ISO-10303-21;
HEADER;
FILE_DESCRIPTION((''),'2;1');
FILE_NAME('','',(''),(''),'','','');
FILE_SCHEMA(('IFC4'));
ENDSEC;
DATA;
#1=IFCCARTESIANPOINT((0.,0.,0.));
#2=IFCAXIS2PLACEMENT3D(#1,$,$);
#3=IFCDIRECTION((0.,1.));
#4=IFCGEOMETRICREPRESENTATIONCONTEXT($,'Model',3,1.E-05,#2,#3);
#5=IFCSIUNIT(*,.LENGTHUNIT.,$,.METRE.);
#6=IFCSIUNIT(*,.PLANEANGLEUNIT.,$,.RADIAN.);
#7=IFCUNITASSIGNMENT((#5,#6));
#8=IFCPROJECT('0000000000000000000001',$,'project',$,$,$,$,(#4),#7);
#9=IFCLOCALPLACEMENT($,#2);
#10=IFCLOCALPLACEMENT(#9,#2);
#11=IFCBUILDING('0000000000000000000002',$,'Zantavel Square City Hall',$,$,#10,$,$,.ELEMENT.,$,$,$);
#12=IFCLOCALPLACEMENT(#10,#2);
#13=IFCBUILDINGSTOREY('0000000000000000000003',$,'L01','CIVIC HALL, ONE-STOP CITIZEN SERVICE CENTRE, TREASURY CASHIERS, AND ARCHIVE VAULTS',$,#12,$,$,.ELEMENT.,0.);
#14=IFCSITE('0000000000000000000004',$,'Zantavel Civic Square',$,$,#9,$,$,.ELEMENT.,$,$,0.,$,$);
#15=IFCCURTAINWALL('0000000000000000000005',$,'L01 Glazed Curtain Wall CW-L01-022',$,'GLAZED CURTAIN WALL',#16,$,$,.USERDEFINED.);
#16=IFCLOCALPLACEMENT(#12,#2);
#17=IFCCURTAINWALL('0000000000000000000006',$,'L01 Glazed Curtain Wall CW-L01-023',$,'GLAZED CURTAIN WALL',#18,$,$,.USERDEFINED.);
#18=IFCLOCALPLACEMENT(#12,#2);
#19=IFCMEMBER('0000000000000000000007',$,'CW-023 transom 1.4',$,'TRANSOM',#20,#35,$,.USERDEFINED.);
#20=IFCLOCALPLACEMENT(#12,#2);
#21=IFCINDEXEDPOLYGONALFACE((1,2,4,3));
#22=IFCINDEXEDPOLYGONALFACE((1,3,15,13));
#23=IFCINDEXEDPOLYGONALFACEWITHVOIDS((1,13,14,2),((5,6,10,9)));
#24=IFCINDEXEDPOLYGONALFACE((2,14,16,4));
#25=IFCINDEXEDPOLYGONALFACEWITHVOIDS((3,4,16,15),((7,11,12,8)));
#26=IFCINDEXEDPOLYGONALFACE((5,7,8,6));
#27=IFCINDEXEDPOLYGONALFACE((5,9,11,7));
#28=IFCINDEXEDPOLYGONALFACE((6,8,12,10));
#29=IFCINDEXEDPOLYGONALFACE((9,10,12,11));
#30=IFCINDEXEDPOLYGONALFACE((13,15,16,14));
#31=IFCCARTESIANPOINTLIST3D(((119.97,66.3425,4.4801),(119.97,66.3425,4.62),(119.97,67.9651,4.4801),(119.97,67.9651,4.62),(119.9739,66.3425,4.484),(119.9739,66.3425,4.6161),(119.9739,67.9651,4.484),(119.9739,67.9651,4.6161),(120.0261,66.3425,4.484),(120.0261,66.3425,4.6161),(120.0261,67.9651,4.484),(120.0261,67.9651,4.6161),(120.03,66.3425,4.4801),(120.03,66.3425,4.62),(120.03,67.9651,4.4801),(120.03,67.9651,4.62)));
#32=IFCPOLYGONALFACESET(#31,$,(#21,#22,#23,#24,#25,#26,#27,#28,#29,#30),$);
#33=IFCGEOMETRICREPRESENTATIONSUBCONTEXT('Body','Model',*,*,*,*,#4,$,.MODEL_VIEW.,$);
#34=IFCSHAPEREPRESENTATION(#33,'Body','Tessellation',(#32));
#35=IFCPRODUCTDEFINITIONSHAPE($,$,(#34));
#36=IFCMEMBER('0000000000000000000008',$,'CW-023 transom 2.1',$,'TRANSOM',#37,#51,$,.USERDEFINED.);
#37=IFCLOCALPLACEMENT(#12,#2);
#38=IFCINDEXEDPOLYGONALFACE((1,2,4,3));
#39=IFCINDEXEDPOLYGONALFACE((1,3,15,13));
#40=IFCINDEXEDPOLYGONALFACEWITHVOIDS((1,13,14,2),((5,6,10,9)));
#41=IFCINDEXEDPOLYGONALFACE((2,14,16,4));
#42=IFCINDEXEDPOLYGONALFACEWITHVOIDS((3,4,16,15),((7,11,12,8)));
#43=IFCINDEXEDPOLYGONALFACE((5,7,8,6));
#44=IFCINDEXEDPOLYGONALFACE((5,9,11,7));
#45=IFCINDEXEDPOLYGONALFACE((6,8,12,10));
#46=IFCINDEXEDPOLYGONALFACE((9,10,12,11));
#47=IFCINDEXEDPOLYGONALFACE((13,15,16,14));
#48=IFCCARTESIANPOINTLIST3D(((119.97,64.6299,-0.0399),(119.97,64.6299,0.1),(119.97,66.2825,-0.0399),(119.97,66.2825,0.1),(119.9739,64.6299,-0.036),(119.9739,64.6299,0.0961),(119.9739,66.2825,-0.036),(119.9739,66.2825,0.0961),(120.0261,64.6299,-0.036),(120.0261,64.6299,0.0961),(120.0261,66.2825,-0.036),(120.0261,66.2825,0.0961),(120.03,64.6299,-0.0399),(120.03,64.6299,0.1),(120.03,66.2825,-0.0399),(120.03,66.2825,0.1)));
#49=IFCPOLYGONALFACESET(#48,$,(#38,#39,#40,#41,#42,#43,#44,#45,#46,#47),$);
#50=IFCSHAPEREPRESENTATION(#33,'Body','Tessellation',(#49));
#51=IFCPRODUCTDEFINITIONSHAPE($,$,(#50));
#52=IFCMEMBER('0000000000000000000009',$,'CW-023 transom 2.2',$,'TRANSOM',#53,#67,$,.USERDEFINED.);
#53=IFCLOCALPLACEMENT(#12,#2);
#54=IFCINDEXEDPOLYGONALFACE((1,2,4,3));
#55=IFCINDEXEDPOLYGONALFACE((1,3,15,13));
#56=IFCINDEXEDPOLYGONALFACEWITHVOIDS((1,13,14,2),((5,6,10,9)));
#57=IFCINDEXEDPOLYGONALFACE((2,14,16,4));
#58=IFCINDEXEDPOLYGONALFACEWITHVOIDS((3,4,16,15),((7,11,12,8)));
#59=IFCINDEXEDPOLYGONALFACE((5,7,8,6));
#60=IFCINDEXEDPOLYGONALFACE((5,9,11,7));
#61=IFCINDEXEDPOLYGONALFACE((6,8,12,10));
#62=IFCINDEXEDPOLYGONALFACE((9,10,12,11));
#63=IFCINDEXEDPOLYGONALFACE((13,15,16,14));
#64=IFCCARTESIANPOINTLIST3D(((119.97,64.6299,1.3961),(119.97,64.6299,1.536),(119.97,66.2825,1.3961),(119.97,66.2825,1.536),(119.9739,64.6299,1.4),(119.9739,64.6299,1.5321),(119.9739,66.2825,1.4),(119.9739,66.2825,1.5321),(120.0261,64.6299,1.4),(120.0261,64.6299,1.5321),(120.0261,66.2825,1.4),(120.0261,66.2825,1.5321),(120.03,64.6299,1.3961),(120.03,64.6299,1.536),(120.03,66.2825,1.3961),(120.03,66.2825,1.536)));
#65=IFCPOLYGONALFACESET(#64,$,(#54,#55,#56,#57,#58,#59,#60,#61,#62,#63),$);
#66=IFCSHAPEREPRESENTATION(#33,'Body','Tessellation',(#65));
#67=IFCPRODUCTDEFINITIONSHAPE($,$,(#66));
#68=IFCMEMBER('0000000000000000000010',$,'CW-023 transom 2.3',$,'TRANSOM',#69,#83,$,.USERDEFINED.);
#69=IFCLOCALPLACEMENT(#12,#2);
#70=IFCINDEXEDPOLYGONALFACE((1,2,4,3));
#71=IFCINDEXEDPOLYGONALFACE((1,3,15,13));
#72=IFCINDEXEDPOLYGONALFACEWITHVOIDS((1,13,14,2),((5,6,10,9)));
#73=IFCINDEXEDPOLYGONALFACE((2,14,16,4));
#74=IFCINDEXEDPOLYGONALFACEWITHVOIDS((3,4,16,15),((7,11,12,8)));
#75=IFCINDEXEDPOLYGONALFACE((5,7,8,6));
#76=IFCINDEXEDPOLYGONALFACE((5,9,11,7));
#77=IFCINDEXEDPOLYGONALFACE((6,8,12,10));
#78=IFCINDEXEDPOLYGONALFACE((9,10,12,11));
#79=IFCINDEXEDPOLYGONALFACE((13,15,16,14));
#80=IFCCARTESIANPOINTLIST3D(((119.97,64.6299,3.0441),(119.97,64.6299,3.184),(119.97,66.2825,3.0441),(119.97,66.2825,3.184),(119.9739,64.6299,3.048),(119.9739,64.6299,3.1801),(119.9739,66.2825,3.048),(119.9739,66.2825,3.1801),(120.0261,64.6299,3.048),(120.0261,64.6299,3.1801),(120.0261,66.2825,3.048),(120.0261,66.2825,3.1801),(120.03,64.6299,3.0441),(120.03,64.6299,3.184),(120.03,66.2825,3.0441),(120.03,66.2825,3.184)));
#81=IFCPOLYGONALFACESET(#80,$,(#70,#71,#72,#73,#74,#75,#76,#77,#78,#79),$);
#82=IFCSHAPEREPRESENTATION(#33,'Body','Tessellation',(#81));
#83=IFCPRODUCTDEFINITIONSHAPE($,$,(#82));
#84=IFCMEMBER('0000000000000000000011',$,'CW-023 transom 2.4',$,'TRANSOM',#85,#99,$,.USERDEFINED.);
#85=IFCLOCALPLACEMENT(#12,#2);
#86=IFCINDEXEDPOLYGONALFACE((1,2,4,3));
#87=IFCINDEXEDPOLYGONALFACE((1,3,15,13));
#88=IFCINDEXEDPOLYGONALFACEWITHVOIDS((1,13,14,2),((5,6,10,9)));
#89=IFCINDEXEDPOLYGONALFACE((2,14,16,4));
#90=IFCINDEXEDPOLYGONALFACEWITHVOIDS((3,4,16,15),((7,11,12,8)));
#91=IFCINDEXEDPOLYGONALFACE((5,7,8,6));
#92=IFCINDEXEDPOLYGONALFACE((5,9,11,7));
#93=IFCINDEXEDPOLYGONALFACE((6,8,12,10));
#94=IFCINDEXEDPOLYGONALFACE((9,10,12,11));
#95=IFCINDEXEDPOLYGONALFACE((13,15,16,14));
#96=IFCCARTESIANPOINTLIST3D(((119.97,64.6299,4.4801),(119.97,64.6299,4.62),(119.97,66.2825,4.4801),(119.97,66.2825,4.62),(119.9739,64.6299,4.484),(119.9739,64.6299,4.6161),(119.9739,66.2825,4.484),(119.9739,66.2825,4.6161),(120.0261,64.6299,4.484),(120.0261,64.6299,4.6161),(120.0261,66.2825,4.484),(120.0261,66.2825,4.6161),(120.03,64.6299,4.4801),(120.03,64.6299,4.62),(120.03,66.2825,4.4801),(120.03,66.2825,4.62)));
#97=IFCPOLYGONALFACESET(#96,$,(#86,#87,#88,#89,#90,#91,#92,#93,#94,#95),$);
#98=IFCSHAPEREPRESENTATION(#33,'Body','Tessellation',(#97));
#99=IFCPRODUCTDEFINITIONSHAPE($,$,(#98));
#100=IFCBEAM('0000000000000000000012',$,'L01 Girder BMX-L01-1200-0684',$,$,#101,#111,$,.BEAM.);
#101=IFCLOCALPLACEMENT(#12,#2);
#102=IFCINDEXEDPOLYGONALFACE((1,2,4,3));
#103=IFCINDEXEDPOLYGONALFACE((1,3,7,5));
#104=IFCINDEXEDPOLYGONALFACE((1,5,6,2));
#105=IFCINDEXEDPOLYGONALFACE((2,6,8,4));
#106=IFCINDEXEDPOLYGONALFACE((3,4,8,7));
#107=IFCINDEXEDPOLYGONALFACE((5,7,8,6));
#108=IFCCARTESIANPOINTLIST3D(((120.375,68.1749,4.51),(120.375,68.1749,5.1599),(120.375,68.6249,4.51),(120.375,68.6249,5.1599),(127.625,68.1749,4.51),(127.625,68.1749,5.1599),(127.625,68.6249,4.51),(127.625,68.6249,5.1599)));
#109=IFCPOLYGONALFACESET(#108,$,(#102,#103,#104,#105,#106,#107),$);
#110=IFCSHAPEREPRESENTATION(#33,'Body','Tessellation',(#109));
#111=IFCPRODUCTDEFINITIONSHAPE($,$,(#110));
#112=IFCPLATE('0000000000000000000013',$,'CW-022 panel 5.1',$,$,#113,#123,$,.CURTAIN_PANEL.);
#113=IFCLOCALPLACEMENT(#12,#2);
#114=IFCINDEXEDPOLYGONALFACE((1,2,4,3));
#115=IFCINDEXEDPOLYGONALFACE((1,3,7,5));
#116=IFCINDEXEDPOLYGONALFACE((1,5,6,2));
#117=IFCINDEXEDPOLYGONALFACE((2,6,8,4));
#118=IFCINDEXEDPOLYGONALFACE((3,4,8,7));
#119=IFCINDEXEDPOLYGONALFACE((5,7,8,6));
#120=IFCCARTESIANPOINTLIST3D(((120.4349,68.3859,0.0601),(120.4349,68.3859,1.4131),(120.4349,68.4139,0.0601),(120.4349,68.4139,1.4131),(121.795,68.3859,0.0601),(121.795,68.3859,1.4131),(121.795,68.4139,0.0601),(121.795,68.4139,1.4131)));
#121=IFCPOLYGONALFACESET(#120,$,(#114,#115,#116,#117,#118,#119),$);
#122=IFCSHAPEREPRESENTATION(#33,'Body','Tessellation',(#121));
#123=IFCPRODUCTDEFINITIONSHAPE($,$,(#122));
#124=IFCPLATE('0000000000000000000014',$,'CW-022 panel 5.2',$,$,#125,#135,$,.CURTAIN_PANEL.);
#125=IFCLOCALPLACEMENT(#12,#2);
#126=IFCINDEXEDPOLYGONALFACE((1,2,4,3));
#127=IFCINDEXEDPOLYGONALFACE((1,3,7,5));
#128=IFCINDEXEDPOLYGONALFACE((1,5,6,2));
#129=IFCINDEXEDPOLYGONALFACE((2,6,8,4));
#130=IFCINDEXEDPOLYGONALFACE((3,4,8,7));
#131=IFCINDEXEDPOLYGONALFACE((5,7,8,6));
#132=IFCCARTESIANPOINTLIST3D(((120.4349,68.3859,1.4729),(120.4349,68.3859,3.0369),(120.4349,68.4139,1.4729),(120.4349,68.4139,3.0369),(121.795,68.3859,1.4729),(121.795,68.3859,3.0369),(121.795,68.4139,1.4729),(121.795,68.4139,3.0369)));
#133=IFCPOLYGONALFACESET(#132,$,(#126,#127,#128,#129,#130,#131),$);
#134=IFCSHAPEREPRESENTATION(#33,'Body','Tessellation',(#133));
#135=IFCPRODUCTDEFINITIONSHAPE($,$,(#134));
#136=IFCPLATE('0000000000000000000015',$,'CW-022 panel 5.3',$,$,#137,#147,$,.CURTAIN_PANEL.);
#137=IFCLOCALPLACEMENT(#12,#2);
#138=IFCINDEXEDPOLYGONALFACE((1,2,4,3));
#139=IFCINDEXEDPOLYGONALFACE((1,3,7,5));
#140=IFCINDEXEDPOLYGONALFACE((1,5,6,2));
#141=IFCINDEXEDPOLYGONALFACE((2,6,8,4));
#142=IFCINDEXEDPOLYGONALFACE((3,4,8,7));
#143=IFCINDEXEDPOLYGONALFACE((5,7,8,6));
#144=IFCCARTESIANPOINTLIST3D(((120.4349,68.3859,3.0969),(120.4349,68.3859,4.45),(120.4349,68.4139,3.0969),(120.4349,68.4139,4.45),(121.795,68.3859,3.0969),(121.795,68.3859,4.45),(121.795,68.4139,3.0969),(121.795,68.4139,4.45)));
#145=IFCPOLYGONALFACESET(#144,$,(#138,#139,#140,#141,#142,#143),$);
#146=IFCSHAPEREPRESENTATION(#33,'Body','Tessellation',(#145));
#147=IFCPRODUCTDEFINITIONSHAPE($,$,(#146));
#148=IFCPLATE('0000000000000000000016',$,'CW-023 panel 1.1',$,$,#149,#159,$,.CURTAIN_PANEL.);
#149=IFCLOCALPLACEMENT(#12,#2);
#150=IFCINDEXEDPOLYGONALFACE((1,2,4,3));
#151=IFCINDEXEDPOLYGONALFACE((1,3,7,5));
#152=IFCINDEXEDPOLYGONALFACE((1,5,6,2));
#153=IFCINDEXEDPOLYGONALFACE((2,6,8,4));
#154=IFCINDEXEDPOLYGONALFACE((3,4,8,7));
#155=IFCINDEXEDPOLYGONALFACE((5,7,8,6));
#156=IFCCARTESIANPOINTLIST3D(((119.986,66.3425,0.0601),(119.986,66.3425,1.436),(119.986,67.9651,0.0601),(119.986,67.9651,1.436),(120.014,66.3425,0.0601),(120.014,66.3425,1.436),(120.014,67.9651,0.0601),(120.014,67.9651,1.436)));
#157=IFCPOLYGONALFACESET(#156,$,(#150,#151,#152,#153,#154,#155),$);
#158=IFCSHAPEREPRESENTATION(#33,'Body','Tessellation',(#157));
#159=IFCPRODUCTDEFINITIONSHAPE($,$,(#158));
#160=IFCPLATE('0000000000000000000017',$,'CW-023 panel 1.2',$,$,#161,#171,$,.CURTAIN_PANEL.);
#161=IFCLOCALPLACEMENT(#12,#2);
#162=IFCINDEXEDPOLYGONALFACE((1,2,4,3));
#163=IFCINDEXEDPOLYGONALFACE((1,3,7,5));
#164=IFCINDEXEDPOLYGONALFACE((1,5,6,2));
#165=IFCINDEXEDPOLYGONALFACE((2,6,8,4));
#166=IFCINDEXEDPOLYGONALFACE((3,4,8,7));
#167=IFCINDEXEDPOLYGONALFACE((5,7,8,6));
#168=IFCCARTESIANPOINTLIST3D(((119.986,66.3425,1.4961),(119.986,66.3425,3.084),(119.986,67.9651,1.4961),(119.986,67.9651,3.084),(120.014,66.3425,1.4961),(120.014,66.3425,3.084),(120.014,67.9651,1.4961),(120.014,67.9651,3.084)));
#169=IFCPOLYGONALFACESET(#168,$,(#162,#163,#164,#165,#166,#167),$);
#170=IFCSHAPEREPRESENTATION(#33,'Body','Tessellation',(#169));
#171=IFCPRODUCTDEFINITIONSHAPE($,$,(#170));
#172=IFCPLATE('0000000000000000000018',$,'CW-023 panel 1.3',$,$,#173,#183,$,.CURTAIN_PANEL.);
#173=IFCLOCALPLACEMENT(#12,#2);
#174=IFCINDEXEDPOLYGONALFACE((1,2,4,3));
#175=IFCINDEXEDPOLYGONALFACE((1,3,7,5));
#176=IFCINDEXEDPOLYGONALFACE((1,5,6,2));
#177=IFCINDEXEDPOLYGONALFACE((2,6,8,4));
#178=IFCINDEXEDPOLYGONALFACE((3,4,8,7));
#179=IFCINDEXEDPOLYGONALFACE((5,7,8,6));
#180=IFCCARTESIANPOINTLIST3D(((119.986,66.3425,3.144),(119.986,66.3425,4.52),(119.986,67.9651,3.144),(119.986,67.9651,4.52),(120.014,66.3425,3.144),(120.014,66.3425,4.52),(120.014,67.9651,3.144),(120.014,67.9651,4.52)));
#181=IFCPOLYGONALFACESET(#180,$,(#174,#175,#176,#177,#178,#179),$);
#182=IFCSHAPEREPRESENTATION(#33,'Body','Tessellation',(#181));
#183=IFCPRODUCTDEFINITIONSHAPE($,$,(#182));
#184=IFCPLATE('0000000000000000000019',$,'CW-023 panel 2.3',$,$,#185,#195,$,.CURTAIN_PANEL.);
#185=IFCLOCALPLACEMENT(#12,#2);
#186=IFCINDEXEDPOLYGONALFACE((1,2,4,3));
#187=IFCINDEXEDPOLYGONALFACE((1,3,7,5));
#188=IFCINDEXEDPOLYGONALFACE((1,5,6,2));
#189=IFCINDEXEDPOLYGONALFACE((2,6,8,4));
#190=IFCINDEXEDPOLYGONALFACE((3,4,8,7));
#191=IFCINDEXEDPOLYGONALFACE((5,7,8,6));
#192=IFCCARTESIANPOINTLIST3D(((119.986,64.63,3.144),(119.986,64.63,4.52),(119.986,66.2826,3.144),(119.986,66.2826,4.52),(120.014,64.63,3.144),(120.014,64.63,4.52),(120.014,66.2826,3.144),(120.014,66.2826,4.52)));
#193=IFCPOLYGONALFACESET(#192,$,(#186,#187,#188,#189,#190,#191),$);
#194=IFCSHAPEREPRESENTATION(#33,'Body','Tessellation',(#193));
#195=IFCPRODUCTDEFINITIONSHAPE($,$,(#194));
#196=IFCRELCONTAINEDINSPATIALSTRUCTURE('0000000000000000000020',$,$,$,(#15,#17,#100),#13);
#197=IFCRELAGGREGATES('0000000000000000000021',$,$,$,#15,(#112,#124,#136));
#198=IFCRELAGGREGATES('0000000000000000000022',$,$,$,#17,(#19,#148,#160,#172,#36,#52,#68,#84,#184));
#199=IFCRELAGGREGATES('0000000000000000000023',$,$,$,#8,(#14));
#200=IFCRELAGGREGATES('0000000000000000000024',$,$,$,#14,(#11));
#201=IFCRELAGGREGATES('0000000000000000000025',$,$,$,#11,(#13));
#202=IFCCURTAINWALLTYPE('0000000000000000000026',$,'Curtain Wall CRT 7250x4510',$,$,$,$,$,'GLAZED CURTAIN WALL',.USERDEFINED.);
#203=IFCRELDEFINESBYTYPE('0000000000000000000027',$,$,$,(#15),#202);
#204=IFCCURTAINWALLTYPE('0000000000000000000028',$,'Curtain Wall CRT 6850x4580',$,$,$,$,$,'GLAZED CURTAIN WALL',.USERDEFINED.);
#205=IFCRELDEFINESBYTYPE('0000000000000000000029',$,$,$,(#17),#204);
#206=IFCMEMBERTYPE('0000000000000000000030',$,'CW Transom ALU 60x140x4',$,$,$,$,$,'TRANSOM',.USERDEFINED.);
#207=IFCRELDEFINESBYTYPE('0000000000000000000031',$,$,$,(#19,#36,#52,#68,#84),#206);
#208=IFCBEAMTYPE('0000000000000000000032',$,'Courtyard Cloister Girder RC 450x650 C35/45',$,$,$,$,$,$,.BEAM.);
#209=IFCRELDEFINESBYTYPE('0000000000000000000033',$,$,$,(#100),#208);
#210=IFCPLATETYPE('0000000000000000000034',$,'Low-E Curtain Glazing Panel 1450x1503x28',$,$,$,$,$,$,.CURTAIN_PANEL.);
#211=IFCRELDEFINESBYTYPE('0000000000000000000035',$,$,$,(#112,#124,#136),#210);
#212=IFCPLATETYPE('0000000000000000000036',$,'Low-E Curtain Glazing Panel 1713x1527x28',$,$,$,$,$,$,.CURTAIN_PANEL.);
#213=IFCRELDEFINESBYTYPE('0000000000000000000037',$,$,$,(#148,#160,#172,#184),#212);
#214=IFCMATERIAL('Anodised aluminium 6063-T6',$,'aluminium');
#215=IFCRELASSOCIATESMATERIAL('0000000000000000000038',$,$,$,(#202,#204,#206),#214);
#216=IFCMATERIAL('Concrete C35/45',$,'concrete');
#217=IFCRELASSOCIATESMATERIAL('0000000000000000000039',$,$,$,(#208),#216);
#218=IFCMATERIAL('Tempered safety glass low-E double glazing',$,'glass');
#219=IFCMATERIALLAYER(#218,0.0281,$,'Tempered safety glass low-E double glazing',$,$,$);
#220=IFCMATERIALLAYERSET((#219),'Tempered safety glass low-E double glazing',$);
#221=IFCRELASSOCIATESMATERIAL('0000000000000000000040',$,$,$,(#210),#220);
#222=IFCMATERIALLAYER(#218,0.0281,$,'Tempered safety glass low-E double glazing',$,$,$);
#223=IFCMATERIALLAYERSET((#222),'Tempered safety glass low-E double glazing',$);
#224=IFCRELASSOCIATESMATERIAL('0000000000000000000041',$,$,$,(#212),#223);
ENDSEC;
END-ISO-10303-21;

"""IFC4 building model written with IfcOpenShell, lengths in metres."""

from ifc_helpers import new_model, si_unit, direction, frame, origin, origin_2d, place, context, subcontext, project, spatial, rectangle, hollow_rectangle, extrude, material, layer, layer_set, material_profile, profile_set, type_object, element, aggregate, save


model = new_model("IFC4")

# Units and contexts
model_context = context("Model", 3, precision=1e-05, world=origin(), true_north=direction((0.0, 1.0)))
body_context = subcontext(model_context, "Body", "Model", "MODEL_VIEW")
ifc_project = project(units=[si_unit("LENGTHUNIT", "METRE"), si_unit("PLANEANGLEUNIT", "RADIAN")], contexts=[model_context])

# Site, building, storey
site_placement = place(None, origin())
site = spatial("IfcSite", under=ifc_project, at=site_placement, Name="Zantavel Civic Square", CompositionType="ELEMENT", RefElevation=0.0)
building_placement = place(site_placement, origin())
building = spatial("IfcBuilding", under=site, at=building_placement, Name="Zantavel Square City Hall", CompositionType="ELEMENT")
storey_placement = place(building_placement, origin())
storey = spatial("IfcBuildingStorey", under=building, at=storey_placement, Name="L01", Description="CIVIC HALL, ONE-STOP CITIZEN SERVICE CENTRE, TREASURY CASHIERS, AND ARCHIVE VAULTS", CompositionType="ELEMENT", Elevation=0.0)

# Curtain wall
ifc_material_1 = material(Name="Anodised aluminium 6063-T6", Category="aluminium")
curtain_wall_type_1 = type_object("IfcCurtainWallType", Name="Curtain Wall CRT 7250x4510", ElementType="GLAZED CURTAIN WALL", PredefinedType="USERDEFINED", material=ifc_material_1)
curtain_wall_1_placement = place(storey_placement, origin())
curtain_wall_1 = element("IfcCurtainWall", 1, at=curtain_wall_1_placement, inside=storey, type_object=curtain_wall_type_1, Name="L01 Glazed Curtain Wall CW-L01-022", ObjectType="GLAZED CURTAIN WALL", PredefinedType="USERDEFINED")

# Curtain wall
curtain_wall_type_2 = type_object("IfcCurtainWallType", Name="Curtain Wall CRT 6850x4580", ElementType="GLAZED CURTAIN WALL", PredefinedType="USERDEFINED", material=ifc_material_1)
curtain_wall_2_placement = place(storey_placement, origin())
curtain_wall_2 = element("IfcCurtainWall", 2, at=curtain_wall_2_placement, inside=storey, type_object=curtain_wall_type_2, Name="L01 Glazed Curtain Wall CW-L01-023", ObjectType="GLAZED CURTAIN WALL", PredefinedType="USERDEFINED")

# Members
ifc_material_profile_1 = material_profile(ifc_material_1, hollow_rectangle(XDim=0.0601, YDim=0.1399, WallThickness=0.0039, at=origin_2d()), Name="ALU 60x140x4")
ifc_profile_set_1 = profile_set([ifc_material_profile_1], Name="Anodised aluminium 6063-T6")
member_type_1 = type_object("IfcMemberType", Name="CW Transom ALU 60x140x4", ElementType="TRANSOM", PredefinedType="USERDEFINED", material=ifc_profile_set_1)
member_1_placement = place(storey_placement, frame((120.0, 67.9651, 4.55), z_axis=(0.0, -1.0, 0.0), x_axis=(1.0, 0.0, 0.0)))
member_1 = element("IfcMember", 3, at=member_1_placement, type_object=member_type_1, Name="CW-023 transom 1.4", ObjectType="TRANSOM", PredefinedType="USERDEFINED", context=body_context, shape_type="SweptSolid", body=[
    extrude(hollow_rectangle(XDim=0.0601, YDim=0.1399, WallThickness=0.0039, at=origin_2d()), origin(), (0.0, 0.0, 1.0), 1.6226),
])
member_2_placement = place(storey_placement, frame((120.0, 66.2825, 0.03), z_axis=(0.0, -1.0, 0.0), x_axis=(1.0, 0.0, 0.0)))
member_2 = element("IfcMember", 4, at=member_2_placement, type_object=member_type_1, Name="CW-023 transom 2.1", ObjectType="TRANSOM", PredefinedType="USERDEFINED", context=body_context, shape_type="SweptSolid", body=[
    extrude(hollow_rectangle(XDim=0.0601, YDim=0.1399, WallThickness=0.0039, at=origin_2d()), origin(), (0.0, 0.0, 1.0), 1.6526),
])
member_3_placement = place(storey_placement, frame((120.0, 66.2825, 1.4661), z_axis=(0.0, -1.0, 0.0), x_axis=(1.0, 0.0, 0.0)))
member_3 = element("IfcMember", 5, at=member_3_placement, type_object=member_type_1, Name="CW-023 transom 2.2", ObjectType="TRANSOM", PredefinedType="USERDEFINED", context=body_context, shape_type="SweptSolid", body=[
    extrude(hollow_rectangle(XDim=0.0601, YDim=0.1399, WallThickness=0.0039, at=origin_2d()), origin(), (0.0, 0.0, 1.0), 1.6526),
])
member_4_placement = place(storey_placement, frame((120.0, 66.2825, 3.114), z_axis=(0.0, -1.0, 0.0), x_axis=(1.0, 0.0, 0.0)))
member_4 = element("IfcMember", 6, at=member_4_placement, type_object=member_type_1, Name="CW-023 transom 2.3", ObjectType="TRANSOM", PredefinedType="USERDEFINED", context=body_context, shape_type="SweptSolid", body=[
    extrude(hollow_rectangle(XDim=0.0601, YDim=0.1399, WallThickness=0.0039, at=origin_2d()), origin(), (0.0, 0.0, 1.0), 1.6526),
])
member_5_placement = place(storey_placement, frame((120.0, 66.2825, 4.55), z_axis=(0.0, -1.0, 0.0), x_axis=(1.0, 0.0, 0.0)))
member_5 = element("IfcMember", 7, at=member_5_placement, type_object=member_type_1, Name="CW-023 transom 2.4", ObjectType="TRANSOM", PredefinedType="USERDEFINED", context=body_context, shape_type="SweptSolid", body=[
    extrude(hollow_rectangle(XDim=0.0601, YDim=0.1399, WallThickness=0.0039, at=origin_2d()), origin(), (0.0, 0.0, 1.0), 1.6526),
])

# Beam
ifc_material_2 = material(Name="Concrete C35/45", Category="concrete")
ifc_material_profile_2 = material_profile(ifc_material_2, rectangle(XDim=0.45, YDim=0.6499, at=origin_2d()), Name="RC 450x650")
ifc_profile_set_2 = profile_set([ifc_material_profile_2], Name="Concrete C35/45")
beam_type = type_object("IfcBeamType", Name="Courtyard Cloister Girder RC 450x650 C35/45", PredefinedType="BEAM", material=ifc_profile_set_2)
beam_placement = place(storey_placement, frame((120.375, 68.3999, 4.835), z_axis=(1.0, 0.0, 0.0), x_axis=(0.0, 1.0, 0.0)))
element("IfcBeam", 8, at=beam_placement, inside=storey, type_object=beam_type, Name="L01 Girder BMX-L01-1200-0684", PredefinedType="BEAM", context=body_context, shape_type="SweptSolid", body=[
    extrude(rectangle(XDim=0.45, YDim=0.6499, at=origin_2d()), origin(), (0.0, 0.0, 1.0), 7.25),
])

# Plates
ifc_material_3 = material(Name="Tempered safety glass low-E double glazing", Category="glass")
ifc_layer_1 = layer(ifc_material_3, 0.0281, Name="Tempered safety glass low-E double glazing")
ifc_layer_set_1 = layer_set([ifc_layer_1], Name="Tempered safety glass low-E double glazing")
plate_type_1 = type_object("IfcPlateType", Name="Low-E Curtain Glazing Panel 1450x1503x28", PredefinedType="CURTAIN_PANEL", material=ifc_layer_set_1)
plate_1_placement = place(storey_placement, frame((121.115, 68.3999, 0.0601), z_axis=(0.0, 0.0, 1.0), x_axis=(-1.0, 0.0, 0.0)))
plate_1 = element("IfcPlate", 9, at=plate_1_placement, type_object=plate_type_1, Name="CW-022 panel 5.1", PredefinedType="CURTAIN_PANEL", context=body_context, shape_type="SweptSolid", body=[
    extrude(rectangle(XDim=1.3601, YDim=0.0281, at=origin_2d()), origin(), (0.0, 0.0, 1.0), 1.353),
])
plate_2_placement = place(storey_placement, frame((121.115, 68.3999, 1.4729), z_axis=(0.0, 0.0, 1.0), x_axis=(-1.0, 0.0, 0.0)))
plate_2 = element("IfcPlate", 10, at=plate_2_placement, type_object=plate_type_1, Name="CW-022 panel 5.2", PredefinedType="CURTAIN_PANEL", context=body_context, shape_type="SweptSolid", body=[
    extrude(rectangle(XDim=1.3601, YDim=0.0281, at=origin_2d()), origin(), (0.0, 0.0, 1.0), 1.564),
])
plate_3_placement = place(storey_placement, frame((121.115, 68.3999, 3.0969), z_axis=(0.0, 0.0, 1.0), x_axis=(-1.0, 0.0, 0.0)))
plate_3 = element("IfcPlate", 11, at=plate_3_placement, type_object=plate_type_1, Name="CW-022 panel 5.3", PredefinedType="CURTAIN_PANEL", context=body_context, shape_type="SweptSolid", body=[
    extrude(rectangle(XDim=1.3601, YDim=0.0281, at=origin_2d()), origin(), (0.0, 0.0, 1.0), 1.353),
])
aggregate(curtain_wall_1, [plate_1, plate_2, plate_3])
ifc_layer_2 = layer(ifc_material_3, 0.0281, Name="Tempered safety glass low-E double glazing")
ifc_layer_set_2 = layer_set([ifc_layer_2], Name="Tempered safety glass low-E double glazing")
plate_type_2 = type_object("IfcPlateType", Name="Low-E Curtain Glazing Panel 1713x1527x28", PredefinedType="CURTAIN_PANEL", material=ifc_layer_set_2)
plate_4_placement = place(storey_placement, frame((120.0, 67.1538, 0.0601), z_axis=(0.0, 0.0, 1.0), x_axis=(0.0, -1.0, 0.0)))
plate_4 = element("IfcPlate", 12, at=plate_4_placement, type_object=plate_type_2, Name="CW-023 panel 1.1", PredefinedType="CURTAIN_PANEL", context=body_context, shape_type="SweptSolid", body=[
    extrude(rectangle(XDim=1.6226, YDim=0.0281, at=origin_2d()), origin(), (0.0, 0.0, 1.0), 1.376),
])
plate_5_placement = place(storey_placement, frame((120.0, 67.1538, 1.4961), z_axis=(0.0, 0.0, 1.0), x_axis=(0.0, -1.0, 0.0)))
plate_5 = element("IfcPlate", 13, at=plate_5_placement, type_object=plate_type_2, Name="CW-023 panel 1.2", PredefinedType="CURTAIN_PANEL", context=body_context, shape_type="SweptSolid", body=[
    extrude(rectangle(XDim=1.6226, YDim=0.0281, at=origin_2d()), origin(), (0.0, 0.0, 1.0), 1.5879),
])
plate_6_placement = place(storey_placement, frame((120.0, 67.1538, 3.144), z_axis=(0.0, 0.0, 1.0), x_axis=(0.0, -1.0, 0.0)))
plate_6 = element("IfcPlate", 14, at=plate_6_placement, type_object=plate_type_2, Name="CW-023 panel 1.3", PredefinedType="CURTAIN_PANEL", context=body_context, shape_type="SweptSolid", body=[
    extrude(rectangle(XDim=1.6226, YDim=0.0281, at=origin_2d()), origin(), (0.0, 0.0, 1.0), 1.376),
])
plate_7_placement = place(storey_placement, frame((120.0, 65.4563, 3.144), z_axis=(0.0, 0.0, 1.0), x_axis=(0.0, -1.0, 0.0)))
plate_7 = element("IfcPlate", 15, at=plate_7_placement, type_object=plate_type_2, Name="CW-023 panel 2.3", PredefinedType="CURTAIN_PANEL", context=body_context, shape_type="SweptSolid", body=[
    extrude(rectangle(XDim=1.6526, YDim=0.0281, at=origin_2d()), origin(), (0.0, 0.0, 1.0), 1.376),
])
aggregate(curtain_wall_2, [member_1, plate_4, plate_5, plate_6, member_2, member_3, member_4, member_5, plate_7])

save(model, "model.ifc")
